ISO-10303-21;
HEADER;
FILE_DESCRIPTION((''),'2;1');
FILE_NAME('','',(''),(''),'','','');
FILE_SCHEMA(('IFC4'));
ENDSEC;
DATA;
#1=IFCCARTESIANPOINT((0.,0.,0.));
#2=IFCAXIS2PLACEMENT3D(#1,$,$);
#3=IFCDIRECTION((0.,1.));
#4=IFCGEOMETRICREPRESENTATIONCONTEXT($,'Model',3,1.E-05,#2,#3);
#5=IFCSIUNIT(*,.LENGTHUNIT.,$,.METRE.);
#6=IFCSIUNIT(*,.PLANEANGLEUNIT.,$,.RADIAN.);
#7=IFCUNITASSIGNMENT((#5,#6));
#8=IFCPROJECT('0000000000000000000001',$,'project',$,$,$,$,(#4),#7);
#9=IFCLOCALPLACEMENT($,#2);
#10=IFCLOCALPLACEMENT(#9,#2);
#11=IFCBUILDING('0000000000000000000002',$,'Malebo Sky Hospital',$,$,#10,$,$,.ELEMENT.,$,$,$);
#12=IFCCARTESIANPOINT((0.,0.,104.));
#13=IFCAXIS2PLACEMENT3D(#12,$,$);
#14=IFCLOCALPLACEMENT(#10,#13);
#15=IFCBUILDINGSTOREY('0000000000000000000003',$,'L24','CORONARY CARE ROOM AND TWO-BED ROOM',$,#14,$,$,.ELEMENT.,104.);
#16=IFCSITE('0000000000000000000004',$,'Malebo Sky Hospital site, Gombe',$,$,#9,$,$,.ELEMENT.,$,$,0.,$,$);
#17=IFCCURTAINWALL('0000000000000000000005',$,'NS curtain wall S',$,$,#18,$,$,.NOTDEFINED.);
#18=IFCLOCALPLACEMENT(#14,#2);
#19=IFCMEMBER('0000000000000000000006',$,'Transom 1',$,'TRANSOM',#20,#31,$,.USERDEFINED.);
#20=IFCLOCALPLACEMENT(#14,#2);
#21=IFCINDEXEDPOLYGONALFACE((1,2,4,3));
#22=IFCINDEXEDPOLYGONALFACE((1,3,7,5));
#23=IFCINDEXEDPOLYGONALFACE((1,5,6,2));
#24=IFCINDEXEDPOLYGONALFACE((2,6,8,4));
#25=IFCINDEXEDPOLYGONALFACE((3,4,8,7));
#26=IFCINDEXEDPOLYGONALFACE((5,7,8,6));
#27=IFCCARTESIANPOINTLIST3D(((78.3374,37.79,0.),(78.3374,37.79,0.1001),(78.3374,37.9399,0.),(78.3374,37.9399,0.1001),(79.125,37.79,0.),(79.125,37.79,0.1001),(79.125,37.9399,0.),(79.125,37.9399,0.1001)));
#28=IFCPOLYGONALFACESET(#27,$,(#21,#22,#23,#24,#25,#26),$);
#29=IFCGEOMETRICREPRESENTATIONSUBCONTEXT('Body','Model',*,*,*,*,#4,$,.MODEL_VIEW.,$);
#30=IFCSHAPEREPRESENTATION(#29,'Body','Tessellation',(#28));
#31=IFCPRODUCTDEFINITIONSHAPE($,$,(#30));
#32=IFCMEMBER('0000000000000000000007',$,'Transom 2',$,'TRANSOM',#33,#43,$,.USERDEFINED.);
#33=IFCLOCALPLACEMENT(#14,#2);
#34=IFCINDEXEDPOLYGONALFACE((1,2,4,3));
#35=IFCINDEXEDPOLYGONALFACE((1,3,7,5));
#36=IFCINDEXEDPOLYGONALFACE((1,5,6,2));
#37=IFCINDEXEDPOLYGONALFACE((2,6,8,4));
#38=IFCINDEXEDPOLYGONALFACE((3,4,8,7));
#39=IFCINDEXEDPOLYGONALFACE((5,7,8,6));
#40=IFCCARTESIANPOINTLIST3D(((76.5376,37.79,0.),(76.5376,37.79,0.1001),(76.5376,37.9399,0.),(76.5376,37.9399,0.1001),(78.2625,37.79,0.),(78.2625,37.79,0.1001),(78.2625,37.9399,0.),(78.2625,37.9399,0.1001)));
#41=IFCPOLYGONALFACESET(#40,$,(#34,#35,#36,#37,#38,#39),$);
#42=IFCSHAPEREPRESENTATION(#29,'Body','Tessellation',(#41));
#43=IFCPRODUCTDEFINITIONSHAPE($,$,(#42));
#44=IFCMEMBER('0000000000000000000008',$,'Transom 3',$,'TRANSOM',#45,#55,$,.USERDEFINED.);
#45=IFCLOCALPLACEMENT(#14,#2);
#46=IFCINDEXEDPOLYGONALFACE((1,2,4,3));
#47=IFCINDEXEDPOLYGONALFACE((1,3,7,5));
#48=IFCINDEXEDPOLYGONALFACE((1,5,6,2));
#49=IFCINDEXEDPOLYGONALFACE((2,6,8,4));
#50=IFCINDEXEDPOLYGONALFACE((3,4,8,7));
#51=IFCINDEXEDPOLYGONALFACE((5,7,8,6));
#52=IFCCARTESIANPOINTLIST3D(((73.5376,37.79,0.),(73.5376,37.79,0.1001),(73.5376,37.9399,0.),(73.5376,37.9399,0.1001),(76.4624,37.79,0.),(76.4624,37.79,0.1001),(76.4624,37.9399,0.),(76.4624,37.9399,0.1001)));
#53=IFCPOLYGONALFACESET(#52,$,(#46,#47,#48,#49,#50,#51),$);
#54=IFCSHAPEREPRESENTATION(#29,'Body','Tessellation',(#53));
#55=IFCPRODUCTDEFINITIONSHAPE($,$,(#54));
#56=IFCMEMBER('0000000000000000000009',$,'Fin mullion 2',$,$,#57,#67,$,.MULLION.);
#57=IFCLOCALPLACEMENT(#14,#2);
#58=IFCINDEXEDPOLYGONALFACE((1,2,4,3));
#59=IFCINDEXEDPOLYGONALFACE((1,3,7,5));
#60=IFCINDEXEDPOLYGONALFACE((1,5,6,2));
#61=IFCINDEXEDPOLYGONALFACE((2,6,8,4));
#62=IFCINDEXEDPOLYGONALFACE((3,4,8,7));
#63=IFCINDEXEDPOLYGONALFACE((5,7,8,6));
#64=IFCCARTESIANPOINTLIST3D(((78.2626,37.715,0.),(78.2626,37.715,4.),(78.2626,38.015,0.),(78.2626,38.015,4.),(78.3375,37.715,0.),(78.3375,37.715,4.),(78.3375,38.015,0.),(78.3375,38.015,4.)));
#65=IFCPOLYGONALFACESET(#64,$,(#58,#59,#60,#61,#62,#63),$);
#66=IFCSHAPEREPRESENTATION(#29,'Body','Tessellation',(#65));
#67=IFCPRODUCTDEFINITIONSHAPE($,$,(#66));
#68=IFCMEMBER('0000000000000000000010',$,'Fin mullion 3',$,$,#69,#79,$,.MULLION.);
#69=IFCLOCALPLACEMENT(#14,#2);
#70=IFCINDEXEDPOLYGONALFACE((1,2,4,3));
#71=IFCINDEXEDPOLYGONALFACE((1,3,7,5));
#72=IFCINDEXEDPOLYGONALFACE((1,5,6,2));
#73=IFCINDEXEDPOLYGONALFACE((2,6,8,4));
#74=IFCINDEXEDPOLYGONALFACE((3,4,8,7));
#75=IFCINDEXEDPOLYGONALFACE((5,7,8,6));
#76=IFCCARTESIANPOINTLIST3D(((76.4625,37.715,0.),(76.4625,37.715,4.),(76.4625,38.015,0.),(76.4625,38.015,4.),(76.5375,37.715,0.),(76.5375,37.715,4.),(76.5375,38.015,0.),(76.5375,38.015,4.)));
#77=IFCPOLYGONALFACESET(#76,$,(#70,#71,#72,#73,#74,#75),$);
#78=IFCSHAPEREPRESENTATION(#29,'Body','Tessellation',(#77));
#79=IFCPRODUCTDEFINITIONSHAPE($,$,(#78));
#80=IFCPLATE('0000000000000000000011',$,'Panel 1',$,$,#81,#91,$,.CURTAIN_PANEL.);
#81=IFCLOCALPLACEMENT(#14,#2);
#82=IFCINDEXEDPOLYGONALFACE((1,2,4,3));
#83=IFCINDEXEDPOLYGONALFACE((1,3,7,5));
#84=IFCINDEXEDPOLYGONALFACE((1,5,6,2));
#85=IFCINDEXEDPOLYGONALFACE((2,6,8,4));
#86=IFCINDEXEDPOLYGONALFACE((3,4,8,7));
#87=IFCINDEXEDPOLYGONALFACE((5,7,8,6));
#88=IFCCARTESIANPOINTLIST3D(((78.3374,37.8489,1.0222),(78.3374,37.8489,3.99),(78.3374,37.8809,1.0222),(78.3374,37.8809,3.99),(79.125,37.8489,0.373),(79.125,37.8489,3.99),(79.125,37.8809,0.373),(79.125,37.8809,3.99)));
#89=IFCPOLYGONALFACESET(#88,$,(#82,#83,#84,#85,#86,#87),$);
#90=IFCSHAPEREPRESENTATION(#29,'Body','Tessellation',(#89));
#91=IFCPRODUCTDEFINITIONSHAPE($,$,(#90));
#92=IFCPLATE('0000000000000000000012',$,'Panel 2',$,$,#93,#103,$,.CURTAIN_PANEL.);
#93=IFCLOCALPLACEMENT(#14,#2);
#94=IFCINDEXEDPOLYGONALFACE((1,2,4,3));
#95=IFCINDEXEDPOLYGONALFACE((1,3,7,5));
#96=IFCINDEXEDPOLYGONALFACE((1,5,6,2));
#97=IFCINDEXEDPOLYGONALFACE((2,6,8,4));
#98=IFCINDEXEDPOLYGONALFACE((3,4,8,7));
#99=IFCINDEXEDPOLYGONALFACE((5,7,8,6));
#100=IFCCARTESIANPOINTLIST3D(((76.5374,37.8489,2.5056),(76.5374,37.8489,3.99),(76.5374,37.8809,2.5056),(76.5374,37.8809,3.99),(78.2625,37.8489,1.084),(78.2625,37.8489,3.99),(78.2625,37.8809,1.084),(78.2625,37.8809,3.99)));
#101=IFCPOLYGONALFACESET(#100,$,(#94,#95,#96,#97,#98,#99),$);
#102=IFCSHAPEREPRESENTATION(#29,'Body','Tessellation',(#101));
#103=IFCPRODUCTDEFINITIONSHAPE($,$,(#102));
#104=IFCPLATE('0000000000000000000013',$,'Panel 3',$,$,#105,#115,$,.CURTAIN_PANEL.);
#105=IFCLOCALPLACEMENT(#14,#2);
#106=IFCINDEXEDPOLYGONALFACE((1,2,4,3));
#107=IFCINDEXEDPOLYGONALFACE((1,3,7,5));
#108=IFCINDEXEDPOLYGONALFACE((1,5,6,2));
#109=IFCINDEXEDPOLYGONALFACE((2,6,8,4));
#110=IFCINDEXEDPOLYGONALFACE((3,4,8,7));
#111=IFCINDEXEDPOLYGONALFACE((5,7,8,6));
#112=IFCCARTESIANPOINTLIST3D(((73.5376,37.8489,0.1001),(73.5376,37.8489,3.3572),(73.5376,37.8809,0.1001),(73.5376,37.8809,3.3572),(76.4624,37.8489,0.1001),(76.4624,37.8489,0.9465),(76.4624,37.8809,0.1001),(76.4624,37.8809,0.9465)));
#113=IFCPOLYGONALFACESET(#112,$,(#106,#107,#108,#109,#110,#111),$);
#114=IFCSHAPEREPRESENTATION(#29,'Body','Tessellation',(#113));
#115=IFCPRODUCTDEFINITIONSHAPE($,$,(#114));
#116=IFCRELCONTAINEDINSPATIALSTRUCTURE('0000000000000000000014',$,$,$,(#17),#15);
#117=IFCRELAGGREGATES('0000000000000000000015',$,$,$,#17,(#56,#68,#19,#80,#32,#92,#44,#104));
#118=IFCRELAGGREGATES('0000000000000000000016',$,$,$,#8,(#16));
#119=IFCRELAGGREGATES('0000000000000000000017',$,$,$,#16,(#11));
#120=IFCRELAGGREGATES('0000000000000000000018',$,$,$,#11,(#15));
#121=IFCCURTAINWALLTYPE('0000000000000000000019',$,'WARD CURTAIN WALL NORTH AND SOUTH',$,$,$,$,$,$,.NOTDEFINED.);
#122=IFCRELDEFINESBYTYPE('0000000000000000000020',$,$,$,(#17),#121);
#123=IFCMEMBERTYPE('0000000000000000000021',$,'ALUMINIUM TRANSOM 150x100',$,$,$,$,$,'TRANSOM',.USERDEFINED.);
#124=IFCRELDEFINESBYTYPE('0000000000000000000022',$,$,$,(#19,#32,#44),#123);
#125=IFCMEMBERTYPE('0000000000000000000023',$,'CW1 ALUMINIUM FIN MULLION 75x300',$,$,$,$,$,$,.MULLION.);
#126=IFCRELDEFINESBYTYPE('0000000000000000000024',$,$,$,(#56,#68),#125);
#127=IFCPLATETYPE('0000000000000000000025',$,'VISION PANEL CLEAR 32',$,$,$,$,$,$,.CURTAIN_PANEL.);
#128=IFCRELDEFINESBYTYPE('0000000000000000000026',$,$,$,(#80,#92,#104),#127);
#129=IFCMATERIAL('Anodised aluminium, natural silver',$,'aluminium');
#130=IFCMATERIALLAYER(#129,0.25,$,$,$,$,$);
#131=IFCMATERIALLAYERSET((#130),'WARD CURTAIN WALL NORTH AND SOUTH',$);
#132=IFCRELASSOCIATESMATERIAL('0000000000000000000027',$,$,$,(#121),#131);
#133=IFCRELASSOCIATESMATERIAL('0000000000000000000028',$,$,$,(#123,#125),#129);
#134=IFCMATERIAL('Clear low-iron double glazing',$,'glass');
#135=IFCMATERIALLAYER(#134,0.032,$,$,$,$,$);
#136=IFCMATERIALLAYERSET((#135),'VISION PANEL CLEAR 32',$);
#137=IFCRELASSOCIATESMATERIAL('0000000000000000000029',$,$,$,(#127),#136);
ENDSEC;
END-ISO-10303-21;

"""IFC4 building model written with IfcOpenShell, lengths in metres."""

from ifc_helpers import new_model, si_unit, direction, frame, origin, origin_2d, place, context, subcontext, project, spatial, polyline, rectangle, outline, extrude, material, layer, layer_set, material_profile, profile_set, type_object, element, aggregate, save


model = new_model("IFC4")

# Units and contexts
model_context = context("Model", 3, precision=1e-05, world=origin(), true_north=direction((0.0, 1.0)))
body_context = subcontext(model_context, "Body", "Model", "MODEL_VIEW")
ifc_project = project(units=[si_unit("LENGTHUNIT", "METRE"), si_unit("PLANEANGLEUNIT", "RADIAN")], contexts=[model_context])

# Site, building, storey
site_placement = place(None, origin())
site = spatial("IfcSite", under=ifc_project, at=site_placement, Name="Malebo Sky Hospital site, Gombe", CompositionType="ELEMENT", RefElevation=0.0)
building_placement = place(site_placement, origin())
building = spatial("IfcBuilding", under=site, at=building_placement, Name="Malebo Sky Hospital", CompositionType="ELEMENT")
storey_placement = place(building_placement, frame((0.0, 0.0, 104.0)))
storey = spatial("IfcBuildingStorey", under=building, at=storey_placement, Name="L24", Description="CORONARY CARE ROOM AND TWO-BED ROOM", CompositionType="ELEMENT", Elevation=104.0)

# Curtain wall, members, plates
ifc_material_1 = material(Name="Anodised aluminium, natural silver", Category="aluminium")
ifc_layer_1 = layer(ifc_material_1, 0.25)
ifc_layer_set_1 = layer_set([ifc_layer_1], Name="WARD CURTAIN WALL NORTH AND SOUTH")
curtain_wall_type = type_object("IfcCurtainWallType", Name="WARD CURTAIN WALL NORTH AND SOUTH", PredefinedType="NOTDEFINED", material=ifc_layer_set_1)
curtain_wall_placement = place(storey_placement, origin())
curtain_wall = element("IfcCurtainWall", 1, at=curtain_wall_placement, inside=storey, type_object=curtain_wall_type, Name="NS curtain wall S", PredefinedType="NOTDEFINED")
ifc_material_profile_1 = material_profile(ifc_material_1, rectangle(XDim=0.1499, YDim=0.1001, at=origin_2d()), Name="ALUMINIUM TRANSOM 150x100")
ifc_profile_set_1 = profile_set([ifc_material_profile_1], Name="Anodised aluminium, natural silver")
member_type_1 = type_object("IfcMemberType", Name="ALUMINIUM TRANSOM 150x100", ElementType="TRANSOM", PredefinedType="USERDEFINED", material=ifc_profile_set_1)
member_1_placement = place(storey_placement, frame((79.125, 37.865, 0.05), z_axis=(-1.0, 0.0, 0.0), x_axis=(0.0, -1.0, 0.0)))
member_1 = element("IfcMember", 2, at=member_1_placement, type_object=member_type_1, Name="Transom 1", ObjectType="TRANSOM", PredefinedType="USERDEFINED", context=body_context, shape_type="SweptSolid", body=[
    extrude(rectangle(XDim=0.1499, YDim=0.1001, at=origin_2d()), origin(), (0.0, 0.0, 1.0), 0.7876),
])
member_2_placement = place(storey_placement, frame((78.2625, 37.865, 0.05), z_axis=(-1.0, 0.0, 0.0), x_axis=(0.0, -1.0, 0.0)))
member_2 = element("IfcMember", 3, at=member_2_placement, type_object=member_type_1, Name="Transom 2", ObjectType="TRANSOM", PredefinedType="USERDEFINED", context=body_context, shape_type="SweptSolid", body=[
    extrude(rectangle(XDim=0.1499, YDim=0.1001, at=origin_2d()), origin(), (0.0, 0.0, 1.0), 1.7249),
])
member_3_placement = place(storey_placement, frame((76.4624, 37.865, 0.05), z_axis=(-1.0, 0.0, 0.0), x_axis=(0.0, -1.0, 0.0)))
member_3 = element("IfcMember", 4, at=member_3_placement, type_object=member_type_1, Name="Transom 3", ObjectType="TRANSOM", PredefinedType="USERDEFINED", context=body_context, shape_type="SweptSolid", body=[
    extrude(rectangle(XDim=0.1499, YDim=0.1001, at=origin_2d()), origin(), (0.0, 0.0, 1.0), 2.9248),
])
ifc_material_profile_2 = material_profile(ifc_material_1, rectangle(XDim=0.075, YDim=0.3, at=origin_2d()), Name="CW1 ALUMINIUM FIN MULLION 75x300")
ifc_profile_set_2 = profile_set([ifc_material_profile_2], Name="Anodised aluminium, natural silver")
member_type_2 = type_object("IfcMemberType", Name="CW1 ALUMINIUM FIN MULLION 75x300", PredefinedType="MULLION", material=ifc_profile_set_2)
member_4_placement = place(storey_placement, frame((78.3, 37.865, 0.0), z_axis=(0.0, 0.0, 1.0), x_axis=(-1.0, 0.0, 0.0)))
member_4 = element("IfcMember", 5, at=member_4_placement, type_object=member_type_2, Name="Fin mullion 2", PredefinedType="MULLION", context=body_context, shape_type="SweptSolid", body=[
    extrude(rectangle(XDim=0.075, YDim=0.3, at=origin_2d()), origin(), (0.0, 0.0, 1.0), 4.0),
])
member_5_placement = place(storey_placement, frame((76.5, 37.865, 0.0), z_axis=(0.0, 0.0, 1.0), x_axis=(-1.0, 0.0, 0.0)))
member_5 = element("IfcMember", 6, at=member_5_placement, type_object=member_type_2, Name="Fin mullion 3", PredefinedType="MULLION", context=body_context, shape_type="SweptSolid", body=[
    extrude(rectangle(XDim=0.075, YDim=0.3, at=origin_2d()), origin(), (0.0, 0.0, 1.0), 4.0),
])
ifc_material_2 = material(Name="Clear low-iron double glazing", Category="glass")
ifc_layer_2 = layer(ifc_material_2, 0.032)
ifc_layer_set_2 = layer_set([ifc_layer_2], Name="VISION PANEL CLEAR 32")
plate_type = type_object("IfcPlateType", Name="VISION PANEL CLEAR 32", PredefinedType="CURTAIN_PANEL", material=ifc_layer_set_2)
plate_1_placement = place(storey_placement, frame((78.7312, 37.865, 0.373), z_axis=(0.0, 0.0, 1.0), x_axis=(-1.0, 0.0, 0.0)))
plate_1 = element("IfcPlate", 7, at=plate_1_placement, type_object=plate_type, Name="Panel 1", PredefinedType="CURTAIN_PANEL", context=body_context, shape_type="SweptSolid", body=[
    extrude(outline(polyline([(-0.3938, 0.0), (0.3938, 0.6492), (0.3938, 3.6169), (-0.3938, 3.6169), (-0.3938, 0.0)])), frame((0.0, 0.0161, 0.0), z_axis=(0.0, -1.0, 0.0), x_axis=(1.0, 0.0, 0.0)), (0.0, 0.0, 1.0), 0.032),
])
plate_2_placement = place(storey_placement, frame((77.3999, 37.865, 1.084), z_axis=(0.0, 0.0, 1.0), x_axis=(-1.0, 0.0, 0.0)))
plate_2 = element("IfcPlate", 8, at=plate_2_placement, type_object=plate_type, Name="Panel 2", PredefinedType="CURTAIN_PANEL", context=body_context, shape_type="SweptSolid", body=[
    extrude(outline(polyline([(-0.8625, 0.0), (0.8625, 1.4216), (0.8625, 2.906), (-0.8625, 2.906), (-0.8625, 0.0)])), frame((0.0, 0.0161, 0.0), z_axis=(0.0, -1.0, 0.0), x_axis=(1.0, 0.0, 0.0)), (0.0, 0.0, 1.0), 0.032),
])
plate_3_placement = place(storey_placement, frame((75.0, 37.865, 0.1001), z_axis=(0.0, 0.0, 1.0), x_axis=(-1.0, 0.0, 0.0)))
plate_3 = element("IfcPlate", 9, at=plate_3_placement, type_object=plate_type, Name="Panel 3", PredefinedType="CURTAIN_PANEL", context=body_context, shape_type="SweptSolid", body=[
    extrude(outline(polyline([(-1.4624, 0.0), (1.4624, 0.0), (1.4624, 3.2571), (-1.4624, 0.8464), (-1.4624, 0.0)])), frame((0.0, 0.0161, 0.0), z_axis=(0.0, -1.0, 0.0), x_axis=(1.0, 0.0, 0.0)), (0.0, 0.0, 1.0), 0.032),
])
aggregate(curtain_wall, [member_4, member_5, member_1, plate_1, member_2, plate_2, member_3, plate_3])

save(model, "model.ifc")
